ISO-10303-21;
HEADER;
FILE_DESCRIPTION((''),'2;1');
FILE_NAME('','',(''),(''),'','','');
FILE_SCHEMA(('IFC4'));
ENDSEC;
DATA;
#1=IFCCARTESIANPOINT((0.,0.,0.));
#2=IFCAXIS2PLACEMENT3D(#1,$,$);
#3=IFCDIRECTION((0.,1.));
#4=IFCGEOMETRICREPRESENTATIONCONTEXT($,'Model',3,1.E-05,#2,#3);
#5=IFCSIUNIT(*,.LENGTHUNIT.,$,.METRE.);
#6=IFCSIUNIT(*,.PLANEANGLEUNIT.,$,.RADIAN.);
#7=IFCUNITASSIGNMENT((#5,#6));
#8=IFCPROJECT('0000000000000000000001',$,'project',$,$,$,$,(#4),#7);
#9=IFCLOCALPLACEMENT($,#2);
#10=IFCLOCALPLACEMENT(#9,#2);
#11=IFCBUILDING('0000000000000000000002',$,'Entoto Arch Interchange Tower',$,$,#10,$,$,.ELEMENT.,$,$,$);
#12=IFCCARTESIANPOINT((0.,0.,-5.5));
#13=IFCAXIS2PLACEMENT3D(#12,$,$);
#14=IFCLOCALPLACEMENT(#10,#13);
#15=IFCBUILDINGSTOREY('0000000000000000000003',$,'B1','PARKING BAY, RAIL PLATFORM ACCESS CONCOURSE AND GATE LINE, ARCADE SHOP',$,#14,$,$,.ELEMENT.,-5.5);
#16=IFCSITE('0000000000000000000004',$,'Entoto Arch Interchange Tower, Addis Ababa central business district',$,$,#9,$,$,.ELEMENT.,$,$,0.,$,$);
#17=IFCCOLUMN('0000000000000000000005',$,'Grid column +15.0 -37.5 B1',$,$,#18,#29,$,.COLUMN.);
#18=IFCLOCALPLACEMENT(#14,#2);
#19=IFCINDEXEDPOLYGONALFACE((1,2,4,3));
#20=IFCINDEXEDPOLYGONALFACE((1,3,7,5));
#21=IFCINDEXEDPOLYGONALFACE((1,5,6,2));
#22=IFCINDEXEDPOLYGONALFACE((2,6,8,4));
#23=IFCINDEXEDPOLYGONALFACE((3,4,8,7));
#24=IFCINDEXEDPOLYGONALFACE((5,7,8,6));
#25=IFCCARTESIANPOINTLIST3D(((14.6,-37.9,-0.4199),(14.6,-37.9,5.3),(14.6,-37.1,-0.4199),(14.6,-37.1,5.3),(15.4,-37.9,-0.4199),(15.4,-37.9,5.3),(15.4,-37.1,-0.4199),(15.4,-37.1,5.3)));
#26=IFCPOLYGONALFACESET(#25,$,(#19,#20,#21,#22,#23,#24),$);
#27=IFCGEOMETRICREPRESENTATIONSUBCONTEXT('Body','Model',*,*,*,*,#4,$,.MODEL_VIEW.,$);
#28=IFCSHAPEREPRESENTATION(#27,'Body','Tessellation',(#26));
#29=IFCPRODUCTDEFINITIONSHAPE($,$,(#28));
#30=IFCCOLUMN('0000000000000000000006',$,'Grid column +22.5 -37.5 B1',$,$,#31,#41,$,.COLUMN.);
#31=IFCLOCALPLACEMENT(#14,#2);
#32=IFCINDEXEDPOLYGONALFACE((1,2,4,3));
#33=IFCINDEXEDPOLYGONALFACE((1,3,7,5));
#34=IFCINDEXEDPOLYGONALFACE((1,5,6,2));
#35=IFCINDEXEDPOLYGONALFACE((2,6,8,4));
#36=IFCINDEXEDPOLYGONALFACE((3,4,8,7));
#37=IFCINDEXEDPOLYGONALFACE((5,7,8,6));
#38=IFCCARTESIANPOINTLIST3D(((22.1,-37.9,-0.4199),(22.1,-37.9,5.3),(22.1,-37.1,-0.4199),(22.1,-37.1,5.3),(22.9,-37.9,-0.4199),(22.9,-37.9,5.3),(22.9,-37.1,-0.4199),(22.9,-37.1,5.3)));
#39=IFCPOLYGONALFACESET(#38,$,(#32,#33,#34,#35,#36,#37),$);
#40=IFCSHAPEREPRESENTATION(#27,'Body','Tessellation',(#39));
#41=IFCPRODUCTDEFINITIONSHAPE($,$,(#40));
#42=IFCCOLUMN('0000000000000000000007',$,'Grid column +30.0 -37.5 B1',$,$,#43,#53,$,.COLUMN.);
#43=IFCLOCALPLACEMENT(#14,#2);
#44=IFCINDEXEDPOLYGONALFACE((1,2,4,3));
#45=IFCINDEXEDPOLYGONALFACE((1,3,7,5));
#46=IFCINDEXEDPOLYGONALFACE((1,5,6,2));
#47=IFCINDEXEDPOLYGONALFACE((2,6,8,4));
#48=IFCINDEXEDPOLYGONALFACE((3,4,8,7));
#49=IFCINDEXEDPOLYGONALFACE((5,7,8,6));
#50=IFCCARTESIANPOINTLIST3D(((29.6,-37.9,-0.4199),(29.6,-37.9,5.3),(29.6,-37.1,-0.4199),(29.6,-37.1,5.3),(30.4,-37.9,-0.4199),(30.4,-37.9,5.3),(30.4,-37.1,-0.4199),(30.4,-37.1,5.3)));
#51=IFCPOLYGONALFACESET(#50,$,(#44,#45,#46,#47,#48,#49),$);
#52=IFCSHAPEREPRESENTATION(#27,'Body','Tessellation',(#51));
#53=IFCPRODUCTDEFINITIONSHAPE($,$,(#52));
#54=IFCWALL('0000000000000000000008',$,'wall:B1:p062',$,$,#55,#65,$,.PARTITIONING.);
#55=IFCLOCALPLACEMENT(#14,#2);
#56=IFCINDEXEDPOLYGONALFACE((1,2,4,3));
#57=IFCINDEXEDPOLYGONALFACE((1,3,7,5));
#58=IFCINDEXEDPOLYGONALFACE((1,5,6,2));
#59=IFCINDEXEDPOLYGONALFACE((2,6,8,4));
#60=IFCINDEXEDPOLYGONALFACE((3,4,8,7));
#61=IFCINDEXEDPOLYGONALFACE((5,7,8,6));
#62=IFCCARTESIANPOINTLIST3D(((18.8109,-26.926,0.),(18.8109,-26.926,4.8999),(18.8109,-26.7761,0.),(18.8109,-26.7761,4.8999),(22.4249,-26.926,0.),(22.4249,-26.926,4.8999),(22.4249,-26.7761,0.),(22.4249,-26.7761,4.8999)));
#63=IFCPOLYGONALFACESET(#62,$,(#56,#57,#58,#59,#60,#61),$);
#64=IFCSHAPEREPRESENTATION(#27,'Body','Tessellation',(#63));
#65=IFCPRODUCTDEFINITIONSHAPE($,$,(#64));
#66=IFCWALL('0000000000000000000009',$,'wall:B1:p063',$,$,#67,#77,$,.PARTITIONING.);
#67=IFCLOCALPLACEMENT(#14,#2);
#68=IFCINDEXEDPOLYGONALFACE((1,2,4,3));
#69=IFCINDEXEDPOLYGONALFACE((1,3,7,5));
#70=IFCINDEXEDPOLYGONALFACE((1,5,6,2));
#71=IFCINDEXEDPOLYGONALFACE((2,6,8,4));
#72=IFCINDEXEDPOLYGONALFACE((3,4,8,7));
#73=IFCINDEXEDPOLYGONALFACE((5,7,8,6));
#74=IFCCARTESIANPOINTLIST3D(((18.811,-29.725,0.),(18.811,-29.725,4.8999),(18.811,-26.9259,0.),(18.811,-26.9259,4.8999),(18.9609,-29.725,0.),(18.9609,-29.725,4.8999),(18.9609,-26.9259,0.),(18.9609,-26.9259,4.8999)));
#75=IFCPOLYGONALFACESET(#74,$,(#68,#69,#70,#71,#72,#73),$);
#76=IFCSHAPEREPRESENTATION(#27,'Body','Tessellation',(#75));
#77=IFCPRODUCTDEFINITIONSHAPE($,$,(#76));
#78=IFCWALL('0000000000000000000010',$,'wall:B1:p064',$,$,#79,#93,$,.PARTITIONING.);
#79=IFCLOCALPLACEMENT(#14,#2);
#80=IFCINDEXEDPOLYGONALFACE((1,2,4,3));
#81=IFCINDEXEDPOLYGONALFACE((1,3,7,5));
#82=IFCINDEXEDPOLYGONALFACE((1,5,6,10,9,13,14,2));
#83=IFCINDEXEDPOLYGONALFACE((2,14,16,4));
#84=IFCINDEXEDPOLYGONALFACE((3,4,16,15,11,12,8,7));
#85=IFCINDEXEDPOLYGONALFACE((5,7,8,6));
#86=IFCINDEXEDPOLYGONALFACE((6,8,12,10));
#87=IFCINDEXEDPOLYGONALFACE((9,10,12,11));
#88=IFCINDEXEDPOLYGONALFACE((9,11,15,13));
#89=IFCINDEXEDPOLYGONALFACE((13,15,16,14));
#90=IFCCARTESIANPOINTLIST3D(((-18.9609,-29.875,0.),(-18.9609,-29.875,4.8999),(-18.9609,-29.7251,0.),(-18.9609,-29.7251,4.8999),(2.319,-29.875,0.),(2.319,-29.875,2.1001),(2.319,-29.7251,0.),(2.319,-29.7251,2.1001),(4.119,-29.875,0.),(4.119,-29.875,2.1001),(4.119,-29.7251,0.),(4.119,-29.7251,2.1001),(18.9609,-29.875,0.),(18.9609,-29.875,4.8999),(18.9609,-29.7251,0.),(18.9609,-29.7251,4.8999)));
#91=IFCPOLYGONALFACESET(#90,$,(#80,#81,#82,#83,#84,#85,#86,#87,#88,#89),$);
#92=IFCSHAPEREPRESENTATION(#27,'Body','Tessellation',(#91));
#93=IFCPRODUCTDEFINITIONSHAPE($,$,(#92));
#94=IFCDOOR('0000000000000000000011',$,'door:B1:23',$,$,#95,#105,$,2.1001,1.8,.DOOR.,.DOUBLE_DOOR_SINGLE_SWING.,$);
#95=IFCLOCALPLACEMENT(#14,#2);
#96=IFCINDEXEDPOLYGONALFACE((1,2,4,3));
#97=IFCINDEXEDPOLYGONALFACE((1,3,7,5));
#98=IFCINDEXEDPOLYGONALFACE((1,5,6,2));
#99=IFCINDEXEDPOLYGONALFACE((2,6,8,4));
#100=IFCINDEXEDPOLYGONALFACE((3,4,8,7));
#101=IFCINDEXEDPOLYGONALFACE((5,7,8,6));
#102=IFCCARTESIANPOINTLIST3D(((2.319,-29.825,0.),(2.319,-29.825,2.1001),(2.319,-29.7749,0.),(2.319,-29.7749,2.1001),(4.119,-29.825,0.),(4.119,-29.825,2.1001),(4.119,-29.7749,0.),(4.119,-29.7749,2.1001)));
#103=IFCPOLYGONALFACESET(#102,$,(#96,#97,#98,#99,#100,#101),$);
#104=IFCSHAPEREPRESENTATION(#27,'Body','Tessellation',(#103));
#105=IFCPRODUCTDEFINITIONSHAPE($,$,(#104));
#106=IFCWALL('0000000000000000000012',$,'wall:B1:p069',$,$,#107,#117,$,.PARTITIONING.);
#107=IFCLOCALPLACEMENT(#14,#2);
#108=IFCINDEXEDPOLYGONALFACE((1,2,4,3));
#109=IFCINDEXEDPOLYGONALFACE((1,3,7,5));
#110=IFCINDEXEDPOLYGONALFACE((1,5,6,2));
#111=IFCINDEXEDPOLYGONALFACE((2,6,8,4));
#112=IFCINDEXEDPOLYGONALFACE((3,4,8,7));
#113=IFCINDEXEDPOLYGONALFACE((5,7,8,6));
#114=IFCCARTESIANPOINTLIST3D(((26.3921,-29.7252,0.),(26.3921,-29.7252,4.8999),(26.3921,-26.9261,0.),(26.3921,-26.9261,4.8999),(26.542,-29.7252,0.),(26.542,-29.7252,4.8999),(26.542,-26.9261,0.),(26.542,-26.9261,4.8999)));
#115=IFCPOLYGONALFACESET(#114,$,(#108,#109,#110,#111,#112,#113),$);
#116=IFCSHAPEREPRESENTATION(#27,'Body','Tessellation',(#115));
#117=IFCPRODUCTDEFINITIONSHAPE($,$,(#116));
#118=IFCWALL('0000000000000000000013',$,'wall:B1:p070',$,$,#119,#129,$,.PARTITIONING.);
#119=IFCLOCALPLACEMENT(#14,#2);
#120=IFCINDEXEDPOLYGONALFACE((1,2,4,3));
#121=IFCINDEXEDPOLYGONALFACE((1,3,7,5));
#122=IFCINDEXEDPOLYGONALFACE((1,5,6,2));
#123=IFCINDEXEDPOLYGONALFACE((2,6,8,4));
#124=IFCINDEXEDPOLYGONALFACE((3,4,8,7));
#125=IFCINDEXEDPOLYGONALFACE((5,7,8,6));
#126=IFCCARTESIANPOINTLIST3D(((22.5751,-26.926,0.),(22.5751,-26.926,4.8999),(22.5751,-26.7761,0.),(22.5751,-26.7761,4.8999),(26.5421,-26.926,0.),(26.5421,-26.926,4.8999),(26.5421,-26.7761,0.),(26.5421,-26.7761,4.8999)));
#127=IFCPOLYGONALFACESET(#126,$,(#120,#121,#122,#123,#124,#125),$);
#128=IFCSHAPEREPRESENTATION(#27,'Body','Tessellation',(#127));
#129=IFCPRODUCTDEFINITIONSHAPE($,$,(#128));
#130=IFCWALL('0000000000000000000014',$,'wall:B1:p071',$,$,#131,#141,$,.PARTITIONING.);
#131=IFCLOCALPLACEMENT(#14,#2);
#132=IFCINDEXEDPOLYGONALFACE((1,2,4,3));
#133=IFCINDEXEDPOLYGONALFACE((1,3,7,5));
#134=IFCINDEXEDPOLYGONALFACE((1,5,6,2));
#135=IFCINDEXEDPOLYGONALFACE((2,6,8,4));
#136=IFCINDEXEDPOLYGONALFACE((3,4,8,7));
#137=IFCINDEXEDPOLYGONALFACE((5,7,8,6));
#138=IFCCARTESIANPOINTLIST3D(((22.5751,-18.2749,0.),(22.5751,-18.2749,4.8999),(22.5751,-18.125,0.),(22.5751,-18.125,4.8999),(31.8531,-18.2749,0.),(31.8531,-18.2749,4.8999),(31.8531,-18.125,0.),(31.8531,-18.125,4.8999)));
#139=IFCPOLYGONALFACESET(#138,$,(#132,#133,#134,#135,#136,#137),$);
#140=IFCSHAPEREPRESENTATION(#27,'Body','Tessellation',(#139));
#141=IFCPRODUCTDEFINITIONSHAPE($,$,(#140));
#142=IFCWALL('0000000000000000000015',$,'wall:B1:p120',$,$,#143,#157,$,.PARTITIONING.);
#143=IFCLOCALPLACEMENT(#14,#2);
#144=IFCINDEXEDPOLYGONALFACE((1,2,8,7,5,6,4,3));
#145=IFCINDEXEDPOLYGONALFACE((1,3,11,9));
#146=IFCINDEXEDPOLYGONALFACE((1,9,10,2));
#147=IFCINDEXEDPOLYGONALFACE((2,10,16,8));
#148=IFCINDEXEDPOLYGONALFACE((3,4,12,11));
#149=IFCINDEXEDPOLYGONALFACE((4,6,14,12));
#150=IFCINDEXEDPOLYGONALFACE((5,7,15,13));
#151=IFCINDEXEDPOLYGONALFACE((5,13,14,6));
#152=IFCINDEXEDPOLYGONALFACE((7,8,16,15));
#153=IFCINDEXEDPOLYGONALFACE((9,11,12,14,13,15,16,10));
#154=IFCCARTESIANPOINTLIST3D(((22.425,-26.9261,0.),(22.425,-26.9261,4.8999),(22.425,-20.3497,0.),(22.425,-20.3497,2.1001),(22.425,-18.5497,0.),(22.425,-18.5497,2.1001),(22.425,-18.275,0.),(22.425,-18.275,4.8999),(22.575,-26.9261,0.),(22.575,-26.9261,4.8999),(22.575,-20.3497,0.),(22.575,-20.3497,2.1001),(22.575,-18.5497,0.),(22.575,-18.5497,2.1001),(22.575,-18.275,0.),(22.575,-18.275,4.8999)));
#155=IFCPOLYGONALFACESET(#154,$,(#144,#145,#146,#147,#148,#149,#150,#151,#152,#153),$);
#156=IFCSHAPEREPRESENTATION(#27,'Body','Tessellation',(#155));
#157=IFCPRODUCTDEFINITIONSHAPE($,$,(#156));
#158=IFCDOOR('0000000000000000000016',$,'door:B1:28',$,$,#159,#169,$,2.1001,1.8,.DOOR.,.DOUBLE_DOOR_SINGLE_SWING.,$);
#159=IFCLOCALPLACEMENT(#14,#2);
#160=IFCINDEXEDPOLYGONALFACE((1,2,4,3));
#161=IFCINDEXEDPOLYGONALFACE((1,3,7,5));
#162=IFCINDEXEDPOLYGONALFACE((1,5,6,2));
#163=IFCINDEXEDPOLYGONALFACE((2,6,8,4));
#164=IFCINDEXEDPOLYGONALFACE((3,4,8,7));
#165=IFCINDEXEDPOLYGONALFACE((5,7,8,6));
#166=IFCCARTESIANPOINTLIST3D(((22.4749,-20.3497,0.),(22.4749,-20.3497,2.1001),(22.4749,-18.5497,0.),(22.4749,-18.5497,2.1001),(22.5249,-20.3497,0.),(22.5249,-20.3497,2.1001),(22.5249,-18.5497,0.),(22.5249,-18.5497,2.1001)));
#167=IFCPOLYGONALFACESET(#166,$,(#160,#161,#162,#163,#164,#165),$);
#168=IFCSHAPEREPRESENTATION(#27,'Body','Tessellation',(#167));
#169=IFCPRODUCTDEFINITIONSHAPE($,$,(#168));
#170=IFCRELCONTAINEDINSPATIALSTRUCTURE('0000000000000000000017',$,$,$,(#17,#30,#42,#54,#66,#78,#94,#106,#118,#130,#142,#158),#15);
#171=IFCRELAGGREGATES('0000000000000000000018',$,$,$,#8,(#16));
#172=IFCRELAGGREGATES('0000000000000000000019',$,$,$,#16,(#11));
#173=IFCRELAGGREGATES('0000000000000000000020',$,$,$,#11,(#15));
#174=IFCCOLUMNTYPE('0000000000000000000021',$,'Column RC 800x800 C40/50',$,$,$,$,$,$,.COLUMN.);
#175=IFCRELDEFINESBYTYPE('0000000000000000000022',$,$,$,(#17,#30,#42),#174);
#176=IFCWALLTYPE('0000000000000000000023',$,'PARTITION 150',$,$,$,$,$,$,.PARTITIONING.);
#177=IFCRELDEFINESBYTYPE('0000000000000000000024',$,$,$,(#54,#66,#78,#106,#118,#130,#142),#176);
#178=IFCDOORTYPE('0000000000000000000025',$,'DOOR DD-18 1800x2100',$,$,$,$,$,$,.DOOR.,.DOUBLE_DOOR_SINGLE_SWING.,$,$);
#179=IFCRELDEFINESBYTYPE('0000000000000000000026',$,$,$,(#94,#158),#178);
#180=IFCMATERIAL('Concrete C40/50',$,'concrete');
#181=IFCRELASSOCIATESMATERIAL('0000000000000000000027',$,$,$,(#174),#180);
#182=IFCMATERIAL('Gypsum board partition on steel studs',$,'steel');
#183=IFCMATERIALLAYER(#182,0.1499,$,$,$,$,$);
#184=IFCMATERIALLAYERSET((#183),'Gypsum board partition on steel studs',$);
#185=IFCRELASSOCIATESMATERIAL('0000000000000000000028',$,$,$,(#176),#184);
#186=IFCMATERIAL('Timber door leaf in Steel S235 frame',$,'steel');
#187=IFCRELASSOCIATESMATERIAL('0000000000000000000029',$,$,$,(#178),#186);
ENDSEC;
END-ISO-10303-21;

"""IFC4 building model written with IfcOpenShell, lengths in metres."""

from ifc_helpers import new_model, si_unit, direction, frame, frame_2d, origin, origin_2d, place, context, subcontext, project, spatial, rectangle, extrude, material, layer, layer_set, material_profile, profile_set, type_object, element, fill, save


model = new_model("IFC4")

# Units and contexts
model_context = context("Model", 3, precision=1e-05, world=origin(), true_north=direction((0.0, 1.0)))
body_context = subcontext(model_context, "Body", "Model", "MODEL_VIEW")
ifc_project = project(units=[si_unit("LENGTHUNIT", "METRE"), si_unit("PLANEANGLEUNIT", "RADIAN")], contexts=[model_context])

# Site, building, storey
site_placement = place(None, origin())
site = spatial("IfcSite", under=ifc_project, at=site_placement, Name="Entoto Arch Interchange Tower, Addis Ababa central business district", CompositionType="ELEMENT", RefElevation=0.0)
building_placement = place(site_placement, origin())
building = spatial("IfcBuilding", under=site, at=building_placement, Name="Entoto Arch Interchange Tower", CompositionType="ELEMENT")
storey_placement = place(building_placement, frame((0.0, 0.0, -5.5)))
storey = spatial("IfcBuildingStorey", under=building, at=storey_placement, Name="B1", Description="PARKING BAY, RAIL PLATFORM ACCESS CONCOURSE AND GATE LINE, ARCADE SHOP", CompositionType="ELEMENT", Elevation=-5.5)

# Columns
ifc_material_1 = material(Name="Concrete C40/50", Category="concrete")
ifc_material_profile = material_profile(ifc_material_1, rectangle(XDim=0.8, YDim=0.8, at=origin_2d()))
ifc_profile_set = profile_set([ifc_material_profile], Name="Concrete C40/50")
column_type = type_object("IfcColumnType", Name="Column RC 800x800 C40/50", PredefinedType="COLUMN", material=ifc_profile_set)
for number, where, z_axis, x_axis, name in (
    (1, (15.0, -37.5, -0.4199), (0.0, 0.0, 1.0), (1.0, 0.0, 0.0), "Grid column +15.0 -37.5 B1"),
    (2, (22.5, -37.5, -0.4199), (0.0, 0.0, 1.0), (1.0, 0.0, 0.0), "Grid column +22.5 -37.5 B1"),
    (3, (30.0, -37.5, -0.4199), (0.0, 0.0, 1.0), (1.0, 0.0, 0.0), "Grid column +30.0 -37.5 B1"),
):
    element("IfcColumn", number, at=place(storey_placement, frame(where, z_axis=z_axis, x_axis=x_axis)), inside=storey, type_object=column_type, Name=name, PredefinedType="COLUMN", context=body_context, shape_type="SweptSolid", body=[
        extrude(rectangle(XDim=0.8, YDim=0.8, at=origin_2d()), origin(), (0.0, 0.0, 1.0), 5.72),
    ])

# Walls
ifc_material_2 = material(Name="Gypsum board partition on steel studs", Category="steel")
ifc_layer_1 = layer(ifc_material_2, 0.1499)
ifc_layer_set_1 = layer_set([ifc_layer_1], Name="Gypsum board partition on steel studs")
wall_type_1 = type_object("IfcWallType", Name="PARTITION 150", PredefinedType="PARTITIONING", material=ifc_layer_set_1)
wall_1_placement = place(storey_placement, frame((22.425, -26.8511, 0.0), z_axis=(0.0, 0.0, 1.0), x_axis=(-1.0, 0.0, 0.0)))
element("IfcWall", 4, at=wall_1_placement, inside=storey, type_object=wall_type_1, Name="wall:B1:p062", PredefinedType="PARTITIONING", context=body_context, shape_type="SweptSolid", body=[
    extrude(rectangle(XDim=3.614, YDim=0.1499, at=frame_2d((1.8071, 0.0))), origin(), (0.0, 0.0, 1.0), 4.8999),
])
wall_2_placement = place(storey_placement, frame((18.886, -26.926, 0.0), z_axis=(0.0, 0.0, 1.0), x_axis=(0.0, -1.0, 0.0)))
element("IfcWall", 5, at=wall_2_placement, inside=storey, type_object=wall_type_1, Name="wall:B1:p063", PredefinedType="PARTITIONING", context=body_context, shape_type="SweptSolid", body=[
    extrude(rectangle(XDim=2.7991, YDim=0.1499, at=frame_2d((1.3994, 0.0))), origin(), (0.0, 0.0, 1.0), 4.8999),
])

# Wall, opening, door
wall_3_placement = place(storey_placement, frame((18.9609, -29.8, 0.0), z_axis=(0.0, 0.0, 1.0), x_axis=(-1.0, 0.0, 0.0)))
wall_3 = element("IfcWall", 6, at=wall_3_placement, inside=storey, type_object=wall_type_1, Name="wall:B1:p064", PredefinedType="PARTITIONING", context=body_context, shape_type="SweptSolid", body=[
    extrude(rectangle(XDim=37.9219, YDim=0.1499, at=frame_2d((18.9609, 0.0))), origin(), (0.0, 0.0, 1.0), 4.8999),
])
opening_1_placement = place(wall_3_placement, frame((14.842, 0.0, 0.0)))
opening_1 = element("IfcOpeningElement", 7, at=opening_1_placement, cuts=wall_3, PredefinedType="OPENING", context=body_context, shape_type="SweptSolid", body=[
    extrude(rectangle(XDim=1.8, YDim=2.1001, at=frame_2d((0.8999, 1.05))), frame((0.0, 0.085, 0.0), z_axis=(0.0, -1.0, 0.0), x_axis=(1.0, 0.0, 0.0)), (0.0, 0.0, 1.0), 0.1699),
])
ifc_material_3 = material(Name="Timber door leaf in Steel S235 frame", Category="steel")
door_type_1 = type_object("IfcDoorType", Name="DOOR DD-18 1800x2100", OperationType="DOUBLE_DOOR_SINGLE_SWING", PredefinedType="DOOR", material=ifc_material_3)
door_1_placement = place(opening_1_placement, origin())
door_1 = element("IfcDoor", 8, at=door_1_placement, inside=storey, type_object=door_type_1, Name="door:B1:23", OperationType="DOUBLE_DOOR_SINGLE_SWING", OverallHeight=2.1001, OverallWidth=1.8, PredefinedType="DOOR", context=body_context, shape_type="SweptSolid", body=[
    extrude(rectangle(XDim=1.8, YDim=2.1001, at=frame_2d((0.8999, 1.05))), frame((0.0, 0.0249, 0.0), z_axis=(0.0, -1.0, 0.0), x_axis=(1.0, 0.0, 0.0)), (0.0, 0.0, 1.0), 0.05),
])
fill(opening_1, door_1)

# Walls
wall_4_placement = place(storey_placement, frame((26.467, -29.7251, 0.0), z_axis=(0.0, 0.0, 1.0), x_axis=(0.0, 1.0, 0.0)))
element("IfcWall", 9, at=wall_4_placement, inside=storey, type_object=wall_type_1, Name="wall:B1:p069", PredefinedType="PARTITIONING", context=body_context, shape_type="SweptSolid", body=[
    extrude(rectangle(XDim=2.7991, YDim=0.1499, at=frame_2d((1.3994, 0.0))), origin(), (0.0, 0.0, 1.0), 4.8999),
])
wall_5_placement = place(storey_placement, frame((26.542, -26.8511, 0.0), z_axis=(0.0, 0.0, 1.0), x_axis=(-1.0, 0.0, 0.0)))
element("IfcWall", 10, at=wall_5_placement, inside=storey, type_object=wall_type_1, Name="wall:B1:p070", PredefinedType="PARTITIONING", context=body_context, shape_type="SweptSolid", body=[
    extrude(rectangle(XDim=3.967, YDim=0.1499, at=frame_2d((1.9834, 0.0))), origin(), (0.0, 0.0, 1.0), 4.8999),
])
wall_6_placement = place(storey_placement, frame((22.575, -18.2, 0.0), z_axis=(0.0, 0.0, 1.0), x_axis=(1.0, 0.0, 0.0)))
element("IfcWall", 11, at=wall_6_placement, inside=storey, type_object=wall_type_1, Name="wall:B1:p071", PredefinedType="PARTITIONING", context=body_context, shape_type="SweptSolid", body=[
    extrude(rectangle(XDim=9.2781, YDim=0.1499, at=frame_2d((4.6392, 0.0))), origin(), (0.0, 0.0, 1.0), 4.8999),
])

# Wall, opening, door
wall_7_placement = place(storey_placement, frame((22.5, -18.2749, 0.0), z_axis=(0.0, 0.0, 1.0), x_axis=(0.0, -1.0, 0.0)))
wall_7 = element("IfcWall", 12, at=wall_7_placement, inside=storey, type_object=wall_type_1, Name="wall:B1:p120", PredefinedType="PARTITIONING", context=body_context, shape_type="SweptSolid", body=[
    extrude(rectangle(XDim=8.6511, YDim=0.1499, at=frame_2d((4.3257, 0.0))), origin(), (0.0, 0.0, 1.0), 4.8999),
])
opening_2_placement = place(wall_7_placement, frame((0.2749, 0.0, 0.0)))
opening_2 = element("IfcOpeningElement", 13, at=opening_2_placement, cuts=wall_7, PredefinedType="OPENING", context=body_context, shape_type="SweptSolid", body=[
    extrude(rectangle(XDim=1.8, YDim=2.1001, at=frame_2d((0.8999, 1.05))), frame((0.0, 0.085, 0.0), z_axis=(0.0, -1.0, 0.0), x_axis=(1.0, 0.0, 0.0)), (0.0, 0.0, 1.0), 0.1699),
])
door_2_placement = place(opening_2_placement, origin())
door_2 = element("IfcDoor", 14, at=door_2_placement, inside=storey, type_object=door_type_1, Name="door:B1:28", OperationType="DOUBLE_DOOR_SINGLE_SWING", OverallHeight=2.1001, OverallWidth=1.8, PredefinedType="DOOR", context=body_context, shape_type="SweptSolid", body=[
    extrude(rectangle(XDim=1.8, YDim=2.1001, at=frame_2d((0.8999, 1.05))), frame((0.0, 0.0249, 0.0), z_axis=(0.0, -1.0, 0.0), x_axis=(1.0, 0.0, 0.0)), (0.0, 0.0, 1.0), 0.05),
])
fill(opening_2, door_2)

save(model, "model.ifc")
